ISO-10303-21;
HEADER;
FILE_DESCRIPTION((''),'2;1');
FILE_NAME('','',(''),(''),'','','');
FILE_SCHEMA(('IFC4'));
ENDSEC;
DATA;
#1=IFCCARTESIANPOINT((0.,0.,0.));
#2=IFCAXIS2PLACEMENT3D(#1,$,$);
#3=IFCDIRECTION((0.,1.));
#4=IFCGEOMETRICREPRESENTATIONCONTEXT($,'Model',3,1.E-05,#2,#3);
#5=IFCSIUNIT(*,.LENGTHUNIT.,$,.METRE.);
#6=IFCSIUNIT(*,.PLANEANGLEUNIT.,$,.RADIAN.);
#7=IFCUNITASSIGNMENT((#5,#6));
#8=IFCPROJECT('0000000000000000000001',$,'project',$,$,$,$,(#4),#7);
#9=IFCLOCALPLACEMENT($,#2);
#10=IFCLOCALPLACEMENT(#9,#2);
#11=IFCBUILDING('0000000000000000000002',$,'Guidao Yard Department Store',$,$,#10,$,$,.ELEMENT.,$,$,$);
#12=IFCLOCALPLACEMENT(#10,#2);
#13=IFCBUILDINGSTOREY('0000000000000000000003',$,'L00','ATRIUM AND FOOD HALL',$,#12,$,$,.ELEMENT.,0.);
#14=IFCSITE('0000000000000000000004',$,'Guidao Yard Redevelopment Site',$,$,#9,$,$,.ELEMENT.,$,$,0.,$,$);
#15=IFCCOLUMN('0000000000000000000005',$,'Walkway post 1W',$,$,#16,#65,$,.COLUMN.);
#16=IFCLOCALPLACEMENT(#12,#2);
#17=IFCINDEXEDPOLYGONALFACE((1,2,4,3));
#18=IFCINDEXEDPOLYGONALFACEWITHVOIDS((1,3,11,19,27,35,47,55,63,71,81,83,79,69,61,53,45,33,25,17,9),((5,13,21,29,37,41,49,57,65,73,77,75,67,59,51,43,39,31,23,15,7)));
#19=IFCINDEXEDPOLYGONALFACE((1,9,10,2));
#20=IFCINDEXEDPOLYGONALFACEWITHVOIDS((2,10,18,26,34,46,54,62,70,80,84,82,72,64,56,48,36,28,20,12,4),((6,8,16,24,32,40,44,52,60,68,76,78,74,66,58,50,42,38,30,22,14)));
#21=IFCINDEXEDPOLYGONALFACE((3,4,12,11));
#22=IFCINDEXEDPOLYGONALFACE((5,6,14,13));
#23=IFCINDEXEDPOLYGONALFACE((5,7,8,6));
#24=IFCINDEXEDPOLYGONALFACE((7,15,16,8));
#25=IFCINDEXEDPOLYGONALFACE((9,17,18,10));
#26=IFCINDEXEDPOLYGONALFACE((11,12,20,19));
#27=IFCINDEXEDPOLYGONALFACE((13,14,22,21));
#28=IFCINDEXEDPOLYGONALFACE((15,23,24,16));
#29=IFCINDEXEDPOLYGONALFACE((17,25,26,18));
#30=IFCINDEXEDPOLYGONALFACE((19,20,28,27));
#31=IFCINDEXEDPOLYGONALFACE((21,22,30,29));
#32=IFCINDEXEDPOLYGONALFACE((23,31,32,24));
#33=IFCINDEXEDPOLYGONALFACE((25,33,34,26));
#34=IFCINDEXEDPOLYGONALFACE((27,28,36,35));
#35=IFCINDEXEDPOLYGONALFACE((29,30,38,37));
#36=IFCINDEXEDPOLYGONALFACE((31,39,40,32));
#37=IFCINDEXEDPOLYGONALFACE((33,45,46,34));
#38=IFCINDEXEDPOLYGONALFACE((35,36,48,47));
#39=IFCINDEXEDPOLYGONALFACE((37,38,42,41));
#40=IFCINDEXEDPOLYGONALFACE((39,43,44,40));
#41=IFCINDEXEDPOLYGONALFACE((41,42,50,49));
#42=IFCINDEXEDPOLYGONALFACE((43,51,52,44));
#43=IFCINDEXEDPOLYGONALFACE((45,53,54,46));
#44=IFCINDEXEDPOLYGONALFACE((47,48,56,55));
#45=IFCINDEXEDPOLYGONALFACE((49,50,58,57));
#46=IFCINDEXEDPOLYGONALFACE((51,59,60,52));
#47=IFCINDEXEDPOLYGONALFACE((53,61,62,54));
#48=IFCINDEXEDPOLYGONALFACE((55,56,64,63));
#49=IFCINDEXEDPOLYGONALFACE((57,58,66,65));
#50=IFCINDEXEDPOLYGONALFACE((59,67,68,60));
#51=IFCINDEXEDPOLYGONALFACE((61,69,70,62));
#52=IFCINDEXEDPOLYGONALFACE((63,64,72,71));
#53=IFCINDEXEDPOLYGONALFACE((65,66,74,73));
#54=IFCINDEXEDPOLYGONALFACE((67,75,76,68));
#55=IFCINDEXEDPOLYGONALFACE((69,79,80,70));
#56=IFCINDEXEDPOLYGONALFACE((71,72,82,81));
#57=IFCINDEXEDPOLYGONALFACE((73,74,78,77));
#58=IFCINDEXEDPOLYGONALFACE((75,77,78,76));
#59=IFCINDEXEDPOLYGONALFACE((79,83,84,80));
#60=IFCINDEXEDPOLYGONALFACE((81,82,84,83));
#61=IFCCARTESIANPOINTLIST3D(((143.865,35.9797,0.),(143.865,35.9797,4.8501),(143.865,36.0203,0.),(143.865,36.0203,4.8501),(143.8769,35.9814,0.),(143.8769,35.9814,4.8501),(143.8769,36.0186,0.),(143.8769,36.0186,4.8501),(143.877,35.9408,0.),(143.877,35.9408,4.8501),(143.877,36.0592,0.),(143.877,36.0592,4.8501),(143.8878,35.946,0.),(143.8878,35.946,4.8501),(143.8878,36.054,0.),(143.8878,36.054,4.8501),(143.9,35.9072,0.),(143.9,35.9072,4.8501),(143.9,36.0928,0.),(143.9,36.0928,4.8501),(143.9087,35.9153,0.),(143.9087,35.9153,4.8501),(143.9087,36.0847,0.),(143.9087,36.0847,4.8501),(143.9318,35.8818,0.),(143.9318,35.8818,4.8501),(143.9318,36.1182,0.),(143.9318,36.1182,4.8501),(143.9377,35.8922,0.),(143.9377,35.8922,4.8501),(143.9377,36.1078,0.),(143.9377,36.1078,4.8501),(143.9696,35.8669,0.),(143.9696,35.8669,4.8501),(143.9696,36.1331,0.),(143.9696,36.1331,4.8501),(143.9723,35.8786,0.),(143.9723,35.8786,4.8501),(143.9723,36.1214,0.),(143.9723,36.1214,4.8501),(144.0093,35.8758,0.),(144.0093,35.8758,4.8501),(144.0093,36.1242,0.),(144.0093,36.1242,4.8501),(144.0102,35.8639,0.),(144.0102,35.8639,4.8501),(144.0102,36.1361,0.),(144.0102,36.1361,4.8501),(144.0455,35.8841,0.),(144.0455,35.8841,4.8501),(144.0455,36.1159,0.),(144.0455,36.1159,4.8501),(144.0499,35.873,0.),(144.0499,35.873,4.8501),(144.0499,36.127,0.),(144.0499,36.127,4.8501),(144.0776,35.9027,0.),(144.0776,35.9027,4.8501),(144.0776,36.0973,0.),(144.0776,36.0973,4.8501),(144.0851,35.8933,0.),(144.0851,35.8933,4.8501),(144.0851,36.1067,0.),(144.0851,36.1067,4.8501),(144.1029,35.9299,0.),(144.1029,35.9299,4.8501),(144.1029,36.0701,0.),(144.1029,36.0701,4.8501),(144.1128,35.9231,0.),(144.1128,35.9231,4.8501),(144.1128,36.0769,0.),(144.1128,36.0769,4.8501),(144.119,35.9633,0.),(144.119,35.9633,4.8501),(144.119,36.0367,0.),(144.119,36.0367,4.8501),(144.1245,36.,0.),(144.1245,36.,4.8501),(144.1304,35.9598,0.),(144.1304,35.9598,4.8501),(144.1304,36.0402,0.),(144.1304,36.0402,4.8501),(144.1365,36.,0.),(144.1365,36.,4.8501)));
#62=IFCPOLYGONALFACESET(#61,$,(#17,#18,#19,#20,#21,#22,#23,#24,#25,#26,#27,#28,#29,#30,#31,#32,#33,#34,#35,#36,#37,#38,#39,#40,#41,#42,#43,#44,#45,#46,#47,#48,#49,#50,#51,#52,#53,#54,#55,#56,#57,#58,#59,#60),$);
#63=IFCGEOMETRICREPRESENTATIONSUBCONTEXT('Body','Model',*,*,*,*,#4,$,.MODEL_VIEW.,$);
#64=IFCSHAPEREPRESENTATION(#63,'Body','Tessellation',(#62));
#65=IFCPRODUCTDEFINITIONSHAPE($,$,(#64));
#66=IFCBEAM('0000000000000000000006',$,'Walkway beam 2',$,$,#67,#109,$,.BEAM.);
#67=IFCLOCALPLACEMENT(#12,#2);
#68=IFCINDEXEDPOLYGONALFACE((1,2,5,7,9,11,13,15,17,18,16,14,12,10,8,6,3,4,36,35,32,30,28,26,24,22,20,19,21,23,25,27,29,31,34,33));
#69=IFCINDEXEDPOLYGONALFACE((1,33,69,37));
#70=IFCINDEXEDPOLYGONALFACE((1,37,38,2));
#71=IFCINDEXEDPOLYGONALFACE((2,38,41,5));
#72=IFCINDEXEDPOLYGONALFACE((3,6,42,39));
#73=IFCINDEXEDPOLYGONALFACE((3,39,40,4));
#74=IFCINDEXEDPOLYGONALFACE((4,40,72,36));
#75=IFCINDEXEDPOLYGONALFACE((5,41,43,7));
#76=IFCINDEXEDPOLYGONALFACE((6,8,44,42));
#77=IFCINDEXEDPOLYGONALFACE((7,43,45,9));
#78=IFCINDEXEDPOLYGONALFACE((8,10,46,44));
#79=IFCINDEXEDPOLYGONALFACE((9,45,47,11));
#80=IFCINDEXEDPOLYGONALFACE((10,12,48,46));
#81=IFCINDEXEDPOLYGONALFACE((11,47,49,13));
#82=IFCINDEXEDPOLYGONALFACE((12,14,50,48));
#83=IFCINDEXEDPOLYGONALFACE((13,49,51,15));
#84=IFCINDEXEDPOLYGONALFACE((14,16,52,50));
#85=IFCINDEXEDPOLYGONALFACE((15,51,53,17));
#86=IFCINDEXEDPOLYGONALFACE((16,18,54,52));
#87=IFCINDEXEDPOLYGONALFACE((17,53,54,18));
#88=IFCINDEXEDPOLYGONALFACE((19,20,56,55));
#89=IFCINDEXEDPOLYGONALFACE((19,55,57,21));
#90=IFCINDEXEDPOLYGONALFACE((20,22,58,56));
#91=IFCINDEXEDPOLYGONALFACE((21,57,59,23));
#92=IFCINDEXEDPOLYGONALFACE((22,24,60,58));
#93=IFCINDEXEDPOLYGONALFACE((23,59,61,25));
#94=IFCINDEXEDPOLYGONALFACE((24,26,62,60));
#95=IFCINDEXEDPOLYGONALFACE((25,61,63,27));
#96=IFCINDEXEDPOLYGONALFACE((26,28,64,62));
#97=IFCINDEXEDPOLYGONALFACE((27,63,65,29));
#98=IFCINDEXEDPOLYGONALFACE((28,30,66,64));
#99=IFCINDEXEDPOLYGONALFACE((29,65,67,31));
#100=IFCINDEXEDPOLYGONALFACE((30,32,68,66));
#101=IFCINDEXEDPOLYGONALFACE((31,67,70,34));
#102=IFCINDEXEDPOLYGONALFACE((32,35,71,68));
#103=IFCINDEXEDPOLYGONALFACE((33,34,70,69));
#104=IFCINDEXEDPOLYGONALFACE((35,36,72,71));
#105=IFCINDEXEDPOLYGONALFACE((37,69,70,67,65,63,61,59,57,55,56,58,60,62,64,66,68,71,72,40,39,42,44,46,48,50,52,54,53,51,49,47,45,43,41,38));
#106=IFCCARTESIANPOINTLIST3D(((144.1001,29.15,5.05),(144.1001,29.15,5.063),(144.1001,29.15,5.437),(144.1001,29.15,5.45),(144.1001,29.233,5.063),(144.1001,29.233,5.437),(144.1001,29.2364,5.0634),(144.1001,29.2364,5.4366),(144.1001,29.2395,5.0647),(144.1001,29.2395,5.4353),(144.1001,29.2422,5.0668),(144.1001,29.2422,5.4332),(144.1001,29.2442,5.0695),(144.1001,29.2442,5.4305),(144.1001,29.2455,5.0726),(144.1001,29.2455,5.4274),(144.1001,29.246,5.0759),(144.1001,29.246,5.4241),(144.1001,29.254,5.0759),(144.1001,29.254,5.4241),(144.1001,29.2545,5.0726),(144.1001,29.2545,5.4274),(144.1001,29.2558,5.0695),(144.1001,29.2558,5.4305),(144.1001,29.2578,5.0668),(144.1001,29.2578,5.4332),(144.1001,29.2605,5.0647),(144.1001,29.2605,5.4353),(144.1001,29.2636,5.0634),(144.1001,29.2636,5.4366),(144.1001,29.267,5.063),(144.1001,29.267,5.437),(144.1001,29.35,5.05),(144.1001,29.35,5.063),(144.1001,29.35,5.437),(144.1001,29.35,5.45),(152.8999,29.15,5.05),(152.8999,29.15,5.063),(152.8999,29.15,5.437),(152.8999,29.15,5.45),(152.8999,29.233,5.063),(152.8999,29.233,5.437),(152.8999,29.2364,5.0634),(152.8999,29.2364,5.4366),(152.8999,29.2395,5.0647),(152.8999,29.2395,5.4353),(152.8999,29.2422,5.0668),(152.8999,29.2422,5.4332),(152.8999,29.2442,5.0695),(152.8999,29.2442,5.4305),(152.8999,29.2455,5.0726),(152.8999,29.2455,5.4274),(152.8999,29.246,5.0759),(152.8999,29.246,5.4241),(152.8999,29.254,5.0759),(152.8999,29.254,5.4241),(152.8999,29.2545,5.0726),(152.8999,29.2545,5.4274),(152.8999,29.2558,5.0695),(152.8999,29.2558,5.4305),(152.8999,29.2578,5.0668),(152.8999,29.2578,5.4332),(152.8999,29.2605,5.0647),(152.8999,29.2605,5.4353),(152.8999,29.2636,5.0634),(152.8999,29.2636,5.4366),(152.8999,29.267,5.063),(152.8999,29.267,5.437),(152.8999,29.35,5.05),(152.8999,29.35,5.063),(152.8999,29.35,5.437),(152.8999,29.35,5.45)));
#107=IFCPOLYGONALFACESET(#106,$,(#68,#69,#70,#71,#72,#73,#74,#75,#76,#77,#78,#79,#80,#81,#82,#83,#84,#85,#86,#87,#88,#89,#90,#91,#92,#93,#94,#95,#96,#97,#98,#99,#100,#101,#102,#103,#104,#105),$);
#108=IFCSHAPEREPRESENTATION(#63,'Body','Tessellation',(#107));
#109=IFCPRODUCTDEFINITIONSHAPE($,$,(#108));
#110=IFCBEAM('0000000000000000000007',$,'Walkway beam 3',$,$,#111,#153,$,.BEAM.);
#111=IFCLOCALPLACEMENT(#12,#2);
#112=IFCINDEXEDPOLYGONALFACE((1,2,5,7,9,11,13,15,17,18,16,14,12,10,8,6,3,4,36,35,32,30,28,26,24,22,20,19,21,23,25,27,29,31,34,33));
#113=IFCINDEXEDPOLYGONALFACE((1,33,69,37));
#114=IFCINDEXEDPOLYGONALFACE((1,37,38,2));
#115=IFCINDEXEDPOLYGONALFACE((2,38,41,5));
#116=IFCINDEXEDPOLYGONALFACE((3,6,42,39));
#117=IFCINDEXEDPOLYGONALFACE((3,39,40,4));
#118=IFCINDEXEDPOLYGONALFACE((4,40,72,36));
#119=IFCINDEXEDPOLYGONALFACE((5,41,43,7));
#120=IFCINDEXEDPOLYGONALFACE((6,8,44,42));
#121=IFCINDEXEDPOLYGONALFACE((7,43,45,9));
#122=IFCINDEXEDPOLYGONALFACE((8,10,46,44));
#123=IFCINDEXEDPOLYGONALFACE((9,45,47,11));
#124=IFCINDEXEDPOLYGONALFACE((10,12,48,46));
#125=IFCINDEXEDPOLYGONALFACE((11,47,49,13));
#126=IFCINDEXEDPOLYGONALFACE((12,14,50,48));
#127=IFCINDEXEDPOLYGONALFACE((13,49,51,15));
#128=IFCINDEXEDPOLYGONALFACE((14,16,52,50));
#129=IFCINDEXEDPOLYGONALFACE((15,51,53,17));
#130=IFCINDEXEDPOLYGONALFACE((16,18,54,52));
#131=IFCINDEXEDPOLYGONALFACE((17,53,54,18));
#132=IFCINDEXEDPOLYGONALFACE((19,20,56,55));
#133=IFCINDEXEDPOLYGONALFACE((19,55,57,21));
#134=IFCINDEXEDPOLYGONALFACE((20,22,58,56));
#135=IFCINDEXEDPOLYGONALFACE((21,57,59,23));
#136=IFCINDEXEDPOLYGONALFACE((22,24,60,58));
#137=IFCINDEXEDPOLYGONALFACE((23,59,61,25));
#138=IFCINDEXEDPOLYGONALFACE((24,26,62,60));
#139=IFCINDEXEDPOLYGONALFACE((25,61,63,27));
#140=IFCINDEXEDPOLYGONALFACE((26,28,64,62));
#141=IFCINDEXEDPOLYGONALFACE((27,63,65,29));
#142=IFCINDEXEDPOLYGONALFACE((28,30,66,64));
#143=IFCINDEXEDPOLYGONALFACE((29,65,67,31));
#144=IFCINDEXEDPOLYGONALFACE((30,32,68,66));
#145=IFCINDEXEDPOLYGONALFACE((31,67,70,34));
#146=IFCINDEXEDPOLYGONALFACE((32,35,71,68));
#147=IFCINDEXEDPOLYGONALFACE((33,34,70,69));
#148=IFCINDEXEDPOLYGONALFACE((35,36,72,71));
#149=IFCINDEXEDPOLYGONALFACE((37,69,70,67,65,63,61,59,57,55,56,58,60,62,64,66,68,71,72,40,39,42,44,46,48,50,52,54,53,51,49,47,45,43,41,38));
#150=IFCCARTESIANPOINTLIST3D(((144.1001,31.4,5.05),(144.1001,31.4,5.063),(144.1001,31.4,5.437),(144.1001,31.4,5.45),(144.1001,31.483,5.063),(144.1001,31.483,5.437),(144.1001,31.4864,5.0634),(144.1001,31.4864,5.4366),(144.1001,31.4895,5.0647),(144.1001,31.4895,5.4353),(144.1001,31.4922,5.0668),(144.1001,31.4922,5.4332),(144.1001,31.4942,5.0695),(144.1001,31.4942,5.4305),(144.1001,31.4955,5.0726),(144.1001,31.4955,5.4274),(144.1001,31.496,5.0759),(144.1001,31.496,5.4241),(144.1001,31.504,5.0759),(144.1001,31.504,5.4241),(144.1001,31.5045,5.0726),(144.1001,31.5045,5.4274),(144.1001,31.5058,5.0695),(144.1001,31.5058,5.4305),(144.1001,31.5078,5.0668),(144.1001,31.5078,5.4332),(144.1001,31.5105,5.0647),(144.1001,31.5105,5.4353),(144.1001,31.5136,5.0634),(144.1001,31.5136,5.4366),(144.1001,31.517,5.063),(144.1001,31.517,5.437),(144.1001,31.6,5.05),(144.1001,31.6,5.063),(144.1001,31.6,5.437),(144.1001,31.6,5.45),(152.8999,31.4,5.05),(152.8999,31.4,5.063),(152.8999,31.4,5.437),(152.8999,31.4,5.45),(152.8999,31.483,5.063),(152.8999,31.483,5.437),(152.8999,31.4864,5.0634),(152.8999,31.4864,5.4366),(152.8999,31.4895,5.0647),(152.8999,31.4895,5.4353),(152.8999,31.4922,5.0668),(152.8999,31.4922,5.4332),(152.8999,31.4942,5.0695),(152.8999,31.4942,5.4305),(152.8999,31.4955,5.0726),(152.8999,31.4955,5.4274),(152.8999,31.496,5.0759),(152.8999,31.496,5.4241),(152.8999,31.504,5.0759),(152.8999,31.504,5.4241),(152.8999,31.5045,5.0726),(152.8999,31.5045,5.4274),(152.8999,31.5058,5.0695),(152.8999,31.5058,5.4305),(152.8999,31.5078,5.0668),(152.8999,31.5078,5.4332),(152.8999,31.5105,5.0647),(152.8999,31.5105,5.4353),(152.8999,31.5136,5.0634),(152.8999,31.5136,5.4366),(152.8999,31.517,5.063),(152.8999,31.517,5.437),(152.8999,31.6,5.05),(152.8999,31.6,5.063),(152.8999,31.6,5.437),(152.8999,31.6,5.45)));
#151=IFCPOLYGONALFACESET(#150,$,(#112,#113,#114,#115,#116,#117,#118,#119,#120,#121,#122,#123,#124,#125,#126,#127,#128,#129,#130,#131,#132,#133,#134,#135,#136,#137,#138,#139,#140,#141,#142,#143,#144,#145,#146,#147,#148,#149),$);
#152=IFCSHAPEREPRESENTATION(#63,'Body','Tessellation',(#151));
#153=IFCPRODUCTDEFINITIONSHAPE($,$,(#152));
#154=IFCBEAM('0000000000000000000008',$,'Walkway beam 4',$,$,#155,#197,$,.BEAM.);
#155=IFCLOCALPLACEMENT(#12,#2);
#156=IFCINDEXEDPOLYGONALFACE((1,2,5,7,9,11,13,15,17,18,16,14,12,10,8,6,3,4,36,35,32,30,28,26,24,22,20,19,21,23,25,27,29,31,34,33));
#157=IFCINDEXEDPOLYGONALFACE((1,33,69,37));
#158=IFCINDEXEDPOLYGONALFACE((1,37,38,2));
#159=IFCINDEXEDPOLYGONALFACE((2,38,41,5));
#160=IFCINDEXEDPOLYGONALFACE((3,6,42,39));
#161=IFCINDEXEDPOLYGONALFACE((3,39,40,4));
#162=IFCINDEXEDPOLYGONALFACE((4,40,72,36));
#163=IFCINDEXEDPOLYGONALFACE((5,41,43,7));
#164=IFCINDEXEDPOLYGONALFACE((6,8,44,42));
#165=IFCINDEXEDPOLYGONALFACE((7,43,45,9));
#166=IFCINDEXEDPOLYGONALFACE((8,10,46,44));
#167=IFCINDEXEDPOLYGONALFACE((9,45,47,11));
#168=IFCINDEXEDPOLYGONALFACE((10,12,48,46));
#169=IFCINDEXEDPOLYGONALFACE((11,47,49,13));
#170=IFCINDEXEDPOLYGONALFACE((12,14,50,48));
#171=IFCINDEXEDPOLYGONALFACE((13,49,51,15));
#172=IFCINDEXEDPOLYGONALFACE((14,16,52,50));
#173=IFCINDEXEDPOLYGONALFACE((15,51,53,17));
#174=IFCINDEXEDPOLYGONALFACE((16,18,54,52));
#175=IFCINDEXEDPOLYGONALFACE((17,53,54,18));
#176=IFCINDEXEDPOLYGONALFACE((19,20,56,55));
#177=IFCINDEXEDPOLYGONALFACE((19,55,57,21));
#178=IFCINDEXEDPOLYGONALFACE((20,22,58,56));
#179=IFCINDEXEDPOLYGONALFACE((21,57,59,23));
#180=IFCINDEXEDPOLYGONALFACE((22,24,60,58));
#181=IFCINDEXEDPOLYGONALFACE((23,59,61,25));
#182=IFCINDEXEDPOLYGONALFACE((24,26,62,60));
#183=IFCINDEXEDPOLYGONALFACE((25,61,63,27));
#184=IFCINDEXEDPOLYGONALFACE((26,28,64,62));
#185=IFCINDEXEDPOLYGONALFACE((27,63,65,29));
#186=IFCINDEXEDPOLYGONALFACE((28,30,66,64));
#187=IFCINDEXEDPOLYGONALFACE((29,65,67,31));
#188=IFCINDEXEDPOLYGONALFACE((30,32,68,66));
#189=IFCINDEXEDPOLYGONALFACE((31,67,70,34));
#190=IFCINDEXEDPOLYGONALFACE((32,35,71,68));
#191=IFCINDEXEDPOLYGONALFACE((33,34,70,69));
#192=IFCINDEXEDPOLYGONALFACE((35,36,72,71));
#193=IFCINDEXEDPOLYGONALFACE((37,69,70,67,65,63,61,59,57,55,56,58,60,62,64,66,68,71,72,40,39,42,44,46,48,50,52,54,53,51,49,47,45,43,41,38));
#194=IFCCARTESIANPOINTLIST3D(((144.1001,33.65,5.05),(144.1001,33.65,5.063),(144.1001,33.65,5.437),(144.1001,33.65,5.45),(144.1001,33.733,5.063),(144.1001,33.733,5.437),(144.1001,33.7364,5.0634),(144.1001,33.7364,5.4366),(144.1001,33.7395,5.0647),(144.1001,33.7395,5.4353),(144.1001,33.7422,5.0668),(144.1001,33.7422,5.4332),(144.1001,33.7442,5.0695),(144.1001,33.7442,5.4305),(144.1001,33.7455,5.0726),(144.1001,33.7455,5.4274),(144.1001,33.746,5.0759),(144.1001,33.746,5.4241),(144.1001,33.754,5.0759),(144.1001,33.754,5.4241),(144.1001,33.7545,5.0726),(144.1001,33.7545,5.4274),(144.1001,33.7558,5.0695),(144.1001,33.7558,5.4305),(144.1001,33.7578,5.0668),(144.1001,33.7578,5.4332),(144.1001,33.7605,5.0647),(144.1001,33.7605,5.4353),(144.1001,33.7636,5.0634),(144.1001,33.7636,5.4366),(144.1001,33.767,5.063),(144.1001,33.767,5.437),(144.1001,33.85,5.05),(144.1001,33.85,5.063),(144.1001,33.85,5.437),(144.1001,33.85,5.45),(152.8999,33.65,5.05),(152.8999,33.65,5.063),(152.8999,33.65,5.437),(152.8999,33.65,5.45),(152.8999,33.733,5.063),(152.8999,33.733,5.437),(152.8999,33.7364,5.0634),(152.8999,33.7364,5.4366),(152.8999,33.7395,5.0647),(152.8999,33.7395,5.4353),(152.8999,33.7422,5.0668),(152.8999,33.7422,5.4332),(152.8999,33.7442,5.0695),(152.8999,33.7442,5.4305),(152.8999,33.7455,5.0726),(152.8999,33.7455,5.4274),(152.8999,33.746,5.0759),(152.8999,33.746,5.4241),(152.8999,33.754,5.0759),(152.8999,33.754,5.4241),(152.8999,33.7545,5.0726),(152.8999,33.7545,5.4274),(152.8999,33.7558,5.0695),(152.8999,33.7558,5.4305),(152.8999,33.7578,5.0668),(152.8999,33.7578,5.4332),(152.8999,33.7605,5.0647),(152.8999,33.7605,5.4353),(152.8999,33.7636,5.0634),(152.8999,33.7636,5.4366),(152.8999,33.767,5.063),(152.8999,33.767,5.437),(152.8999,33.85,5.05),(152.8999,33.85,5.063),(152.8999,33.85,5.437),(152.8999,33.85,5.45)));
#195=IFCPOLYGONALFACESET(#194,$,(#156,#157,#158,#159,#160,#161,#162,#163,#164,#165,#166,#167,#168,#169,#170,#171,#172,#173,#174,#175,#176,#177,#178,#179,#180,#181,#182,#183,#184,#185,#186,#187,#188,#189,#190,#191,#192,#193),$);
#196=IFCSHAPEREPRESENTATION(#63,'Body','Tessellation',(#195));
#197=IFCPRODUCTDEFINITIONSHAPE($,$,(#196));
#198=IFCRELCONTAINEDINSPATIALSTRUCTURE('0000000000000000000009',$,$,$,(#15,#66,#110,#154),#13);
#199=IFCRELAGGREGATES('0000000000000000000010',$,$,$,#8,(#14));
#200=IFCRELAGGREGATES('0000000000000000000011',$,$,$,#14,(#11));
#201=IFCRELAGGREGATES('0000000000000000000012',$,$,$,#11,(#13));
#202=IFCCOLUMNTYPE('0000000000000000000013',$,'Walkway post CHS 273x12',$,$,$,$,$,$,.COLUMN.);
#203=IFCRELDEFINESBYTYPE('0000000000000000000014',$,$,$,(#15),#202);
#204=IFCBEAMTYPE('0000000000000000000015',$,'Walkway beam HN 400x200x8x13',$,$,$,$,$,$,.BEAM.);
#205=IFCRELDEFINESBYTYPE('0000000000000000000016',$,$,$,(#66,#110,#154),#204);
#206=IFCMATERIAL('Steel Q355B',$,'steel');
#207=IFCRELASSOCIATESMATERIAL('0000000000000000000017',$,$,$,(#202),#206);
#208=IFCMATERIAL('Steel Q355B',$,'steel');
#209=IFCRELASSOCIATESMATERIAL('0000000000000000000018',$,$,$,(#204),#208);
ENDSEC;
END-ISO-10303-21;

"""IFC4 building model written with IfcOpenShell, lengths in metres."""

from ifc_helpers import new_model, si_unit, direction, frame, origin, origin_2d, place, context, subcontext, project, spatial, hollow_circle, i_section, extrude, material, material_profile, profile_set, type_object, element, save


model = new_model("IFC4")

# Units and contexts
model_context = context("Model", 3, precision=1e-05, world=origin(), true_north=direction((0.0, 1.0)))
body_context = subcontext(model_context, "Body", "Model", "MODEL_VIEW")
ifc_project = project(units=[si_unit("LENGTHUNIT", "METRE"), si_unit("PLANEANGLEUNIT", "RADIAN")], contexts=[model_context])

# Site, building, storey
site_placement = place(None, origin())
site = spatial("IfcSite", under=ifc_project, at=site_placement, Name="Guidao Yard Redevelopment Site", CompositionType="ELEMENT", RefElevation=0.0)
building_placement = place(site_placement, origin())
building = spatial("IfcBuilding", under=site, at=building_placement, Name="Guidao Yard Department Store", CompositionType="ELEMENT")
storey_placement = place(building_placement, origin())
storey = spatial("IfcBuildingStorey", under=building, at=storey_placement, Name="L00", Description="ATRIUM AND FOOD HALL", CompositionType="ELEMENT", Elevation=0.0)

# Column
ifc_material_1 = material(Name="Steel Q355B", Category="steel")
ifc_material_profile_1 = material_profile(ifc_material_1, hollow_circle(Radius=0.1365, WallThickness=0.012, at=origin_2d()), Name="CHS 273x12")
ifc_profile_set_1 = profile_set([ifc_material_profile_1], Name="Steel Q355B")
column_type = type_object("IfcColumnType", Name="Walkway post CHS 273x12", PredefinedType="COLUMN", material=ifc_profile_set_1)
column_placement = place(storey_placement, frame((144.0, 36.0, 0.0), z_axis=(0.0, 0.0, 1.0), x_axis=(1.0, 0.0, 0.0)))
element("IfcColumn", 1, at=column_placement, inside=storey, type_object=column_type, Name="Walkway post 1W", PredefinedType="COLUMN", context=body_context, shape_type="SweptSolid", body=[
    extrude(hollow_circle(Radius=0.1365, WallThickness=0.012, at=origin_2d()), origin(), (0.0, 0.0, 1.0), 4.8501),
])

# Beams
ifc_material_2 = material(Name="Steel Q355B", Category="steel")
ifc_material_profile_2 = material_profile(ifc_material_2, i_section(OverallWidth=0.2, OverallDepth=0.3999, WebThickness=0.0081, FlangeThickness=0.0129, FilletRadius=0.0129, at=origin_2d()), Name="HN 400x200x8x13")
ifc_profile_set_2 = profile_set([ifc_material_profile_2], Name="Steel Q355B")
beam_type = type_object("IfcBeamType", Name="Walkway beam HN 400x200x8x13", PredefinedType="BEAM", material=ifc_profile_set_2)
for number, where, z_axis, x_axis, name in (
    (2, (144.1001, 29.25, 5.25), (1.0, 0.0, 0.0), (0.0, 1.0, 0.0), "Walkway beam 2"),
    (3, (144.1001, 31.5, 5.25), (1.0, 0.0, 0.0), (0.0, 1.0, 0.0), "Walkway beam 3"),
    (4, (144.1001, 33.75, 5.25), (1.0, 0.0, 0.0), (0.0, 1.0, 0.0), "Walkway beam 4"),
):
    element("IfcBeam", number, at=place(storey_placement, frame(where, z_axis=z_axis, x_axis=x_axis)), inside=storey, type_object=beam_type, Name=name, PredefinedType="BEAM", context=body_context, shape_type="SweptSolid", body=[
        extrude(i_section(OverallWidth=0.2, OverallDepth=0.3999, WebThickness=0.0081, FlangeThickness=0.0129, FilletRadius=0.0129, at=origin_2d()), origin(), (0.0, 0.0, 1.0), 8.7998),
    ])

save(model, "model.ifc")
